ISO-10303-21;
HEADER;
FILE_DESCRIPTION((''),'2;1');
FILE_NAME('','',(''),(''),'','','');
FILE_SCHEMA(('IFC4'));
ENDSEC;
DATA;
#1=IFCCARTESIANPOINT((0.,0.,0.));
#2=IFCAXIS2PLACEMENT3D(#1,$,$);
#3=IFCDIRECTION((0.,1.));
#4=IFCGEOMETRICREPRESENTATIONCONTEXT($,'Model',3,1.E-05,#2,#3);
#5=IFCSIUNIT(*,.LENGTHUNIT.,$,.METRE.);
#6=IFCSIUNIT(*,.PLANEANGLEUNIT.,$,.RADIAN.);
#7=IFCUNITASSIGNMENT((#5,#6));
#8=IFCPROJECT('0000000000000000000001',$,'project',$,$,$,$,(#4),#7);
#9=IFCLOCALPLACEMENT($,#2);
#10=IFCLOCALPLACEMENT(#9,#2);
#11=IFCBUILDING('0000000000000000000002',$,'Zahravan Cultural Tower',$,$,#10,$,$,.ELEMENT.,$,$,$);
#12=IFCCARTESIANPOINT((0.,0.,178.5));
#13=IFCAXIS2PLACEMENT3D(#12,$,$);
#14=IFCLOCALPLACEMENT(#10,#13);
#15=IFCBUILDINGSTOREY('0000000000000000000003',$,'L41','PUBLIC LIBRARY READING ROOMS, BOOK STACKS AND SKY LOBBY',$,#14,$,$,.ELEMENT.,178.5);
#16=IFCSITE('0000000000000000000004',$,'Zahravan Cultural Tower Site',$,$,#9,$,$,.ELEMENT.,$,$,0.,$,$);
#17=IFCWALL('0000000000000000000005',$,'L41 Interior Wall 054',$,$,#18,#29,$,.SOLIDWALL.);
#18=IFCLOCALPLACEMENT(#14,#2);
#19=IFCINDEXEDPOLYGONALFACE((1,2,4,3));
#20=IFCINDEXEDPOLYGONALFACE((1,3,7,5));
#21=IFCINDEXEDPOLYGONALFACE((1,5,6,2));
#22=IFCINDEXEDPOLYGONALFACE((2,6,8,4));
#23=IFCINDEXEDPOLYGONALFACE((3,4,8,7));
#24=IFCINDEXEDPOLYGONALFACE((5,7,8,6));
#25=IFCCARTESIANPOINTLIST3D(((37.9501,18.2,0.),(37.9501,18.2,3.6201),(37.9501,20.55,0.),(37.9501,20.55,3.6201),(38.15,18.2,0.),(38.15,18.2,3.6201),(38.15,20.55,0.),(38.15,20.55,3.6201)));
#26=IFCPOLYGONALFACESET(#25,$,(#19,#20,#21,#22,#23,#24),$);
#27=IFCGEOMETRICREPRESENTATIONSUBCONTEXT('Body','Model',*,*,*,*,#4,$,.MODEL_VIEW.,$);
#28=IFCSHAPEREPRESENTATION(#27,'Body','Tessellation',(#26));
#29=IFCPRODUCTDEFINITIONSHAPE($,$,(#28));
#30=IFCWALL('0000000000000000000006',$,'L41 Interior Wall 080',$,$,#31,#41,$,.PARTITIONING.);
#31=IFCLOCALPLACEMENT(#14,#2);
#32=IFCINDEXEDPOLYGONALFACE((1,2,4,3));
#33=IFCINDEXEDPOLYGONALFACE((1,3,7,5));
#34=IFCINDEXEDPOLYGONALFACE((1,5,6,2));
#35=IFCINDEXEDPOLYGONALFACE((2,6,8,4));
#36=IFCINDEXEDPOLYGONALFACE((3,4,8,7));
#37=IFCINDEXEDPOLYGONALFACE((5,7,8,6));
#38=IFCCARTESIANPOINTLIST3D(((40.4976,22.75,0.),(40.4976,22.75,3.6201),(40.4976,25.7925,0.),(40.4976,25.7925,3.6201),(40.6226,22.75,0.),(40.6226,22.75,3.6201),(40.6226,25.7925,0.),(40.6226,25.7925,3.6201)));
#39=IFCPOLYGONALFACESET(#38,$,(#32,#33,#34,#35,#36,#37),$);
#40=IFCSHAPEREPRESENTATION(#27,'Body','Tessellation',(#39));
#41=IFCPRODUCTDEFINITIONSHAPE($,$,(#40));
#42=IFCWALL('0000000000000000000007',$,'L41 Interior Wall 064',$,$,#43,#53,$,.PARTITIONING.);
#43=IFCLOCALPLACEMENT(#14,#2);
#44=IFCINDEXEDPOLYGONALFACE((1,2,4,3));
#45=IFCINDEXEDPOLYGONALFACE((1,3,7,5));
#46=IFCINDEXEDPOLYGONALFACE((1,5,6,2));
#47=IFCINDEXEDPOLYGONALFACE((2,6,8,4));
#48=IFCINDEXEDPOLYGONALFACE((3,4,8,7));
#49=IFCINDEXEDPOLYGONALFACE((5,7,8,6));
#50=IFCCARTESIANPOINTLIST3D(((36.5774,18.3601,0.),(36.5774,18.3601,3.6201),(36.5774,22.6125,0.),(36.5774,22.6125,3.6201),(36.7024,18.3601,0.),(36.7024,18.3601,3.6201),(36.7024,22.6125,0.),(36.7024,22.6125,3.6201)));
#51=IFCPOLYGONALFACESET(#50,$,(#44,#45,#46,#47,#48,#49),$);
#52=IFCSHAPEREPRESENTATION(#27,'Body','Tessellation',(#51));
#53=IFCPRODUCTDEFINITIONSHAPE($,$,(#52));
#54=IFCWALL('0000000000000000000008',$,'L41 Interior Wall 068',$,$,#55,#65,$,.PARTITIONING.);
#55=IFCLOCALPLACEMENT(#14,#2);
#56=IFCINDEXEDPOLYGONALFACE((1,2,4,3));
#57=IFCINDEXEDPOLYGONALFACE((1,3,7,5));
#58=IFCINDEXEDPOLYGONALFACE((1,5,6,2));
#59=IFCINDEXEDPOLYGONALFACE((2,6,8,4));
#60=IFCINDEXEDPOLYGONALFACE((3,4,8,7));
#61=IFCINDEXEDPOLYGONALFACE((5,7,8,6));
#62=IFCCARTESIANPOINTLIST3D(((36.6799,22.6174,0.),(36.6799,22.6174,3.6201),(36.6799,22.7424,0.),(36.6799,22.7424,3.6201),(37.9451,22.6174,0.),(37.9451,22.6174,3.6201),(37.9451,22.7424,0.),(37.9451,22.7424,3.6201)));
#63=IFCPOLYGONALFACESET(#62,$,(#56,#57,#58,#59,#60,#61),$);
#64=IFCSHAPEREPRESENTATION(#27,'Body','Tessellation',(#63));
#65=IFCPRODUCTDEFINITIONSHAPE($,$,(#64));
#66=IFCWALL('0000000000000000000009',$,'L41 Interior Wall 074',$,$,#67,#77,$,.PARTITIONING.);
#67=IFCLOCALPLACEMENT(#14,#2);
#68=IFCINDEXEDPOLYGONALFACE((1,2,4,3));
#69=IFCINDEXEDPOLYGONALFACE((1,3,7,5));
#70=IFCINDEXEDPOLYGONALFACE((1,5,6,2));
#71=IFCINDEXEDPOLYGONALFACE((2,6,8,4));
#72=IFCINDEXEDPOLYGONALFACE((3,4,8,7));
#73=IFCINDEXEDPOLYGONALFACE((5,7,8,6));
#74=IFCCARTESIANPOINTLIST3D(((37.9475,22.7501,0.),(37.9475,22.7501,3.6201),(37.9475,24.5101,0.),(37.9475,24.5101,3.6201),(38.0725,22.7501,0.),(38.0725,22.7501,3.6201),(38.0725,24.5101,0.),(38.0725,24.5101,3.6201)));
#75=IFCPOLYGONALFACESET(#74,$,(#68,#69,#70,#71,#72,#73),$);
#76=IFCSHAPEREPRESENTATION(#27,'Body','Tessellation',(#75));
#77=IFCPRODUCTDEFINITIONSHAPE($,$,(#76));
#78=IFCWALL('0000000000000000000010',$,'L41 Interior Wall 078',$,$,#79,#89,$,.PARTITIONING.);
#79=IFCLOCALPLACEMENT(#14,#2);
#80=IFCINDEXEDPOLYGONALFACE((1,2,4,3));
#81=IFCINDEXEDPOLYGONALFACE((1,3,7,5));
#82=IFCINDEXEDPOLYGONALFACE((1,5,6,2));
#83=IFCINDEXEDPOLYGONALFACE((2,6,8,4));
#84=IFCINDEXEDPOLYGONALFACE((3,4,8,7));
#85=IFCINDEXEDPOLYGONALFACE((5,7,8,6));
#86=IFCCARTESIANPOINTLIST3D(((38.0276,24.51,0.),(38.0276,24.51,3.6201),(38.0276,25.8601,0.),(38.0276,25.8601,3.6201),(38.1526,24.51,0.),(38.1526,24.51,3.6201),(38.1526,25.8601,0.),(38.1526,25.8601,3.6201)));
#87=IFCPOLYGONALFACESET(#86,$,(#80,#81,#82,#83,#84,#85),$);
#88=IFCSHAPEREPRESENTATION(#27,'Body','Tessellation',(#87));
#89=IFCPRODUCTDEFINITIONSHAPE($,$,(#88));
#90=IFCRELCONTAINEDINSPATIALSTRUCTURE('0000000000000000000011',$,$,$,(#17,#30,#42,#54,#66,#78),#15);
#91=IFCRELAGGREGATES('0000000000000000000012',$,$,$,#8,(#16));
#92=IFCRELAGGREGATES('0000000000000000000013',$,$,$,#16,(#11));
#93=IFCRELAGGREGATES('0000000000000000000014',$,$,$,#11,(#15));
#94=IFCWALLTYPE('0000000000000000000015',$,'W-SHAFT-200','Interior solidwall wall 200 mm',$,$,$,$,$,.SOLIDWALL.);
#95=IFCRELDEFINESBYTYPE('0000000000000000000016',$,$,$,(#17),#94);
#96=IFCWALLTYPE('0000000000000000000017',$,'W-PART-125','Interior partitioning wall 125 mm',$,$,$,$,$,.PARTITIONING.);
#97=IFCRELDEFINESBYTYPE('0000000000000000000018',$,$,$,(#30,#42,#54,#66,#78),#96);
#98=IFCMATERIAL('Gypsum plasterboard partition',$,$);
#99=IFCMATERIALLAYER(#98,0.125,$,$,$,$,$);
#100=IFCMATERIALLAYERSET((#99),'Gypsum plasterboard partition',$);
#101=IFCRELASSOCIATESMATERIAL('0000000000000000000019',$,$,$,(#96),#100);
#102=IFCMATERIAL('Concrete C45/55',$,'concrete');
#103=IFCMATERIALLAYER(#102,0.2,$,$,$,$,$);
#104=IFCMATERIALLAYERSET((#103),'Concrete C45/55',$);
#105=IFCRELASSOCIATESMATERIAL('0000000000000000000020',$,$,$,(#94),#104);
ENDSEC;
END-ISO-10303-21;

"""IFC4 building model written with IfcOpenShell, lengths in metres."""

from ifc_helpers import new_model, si_unit, direction, frame, frame_2d, origin, place, context, subcontext, project, spatial, rectangle, extrude, source, transform, mapped, material, layer, layer_set, type_object, element, save


model = new_model("IFC4")

# Units and contexts
model_context = context("Model", 3, precision=1e-05, world=origin(), true_north=direction((0.0, 1.0)))
body_context = subcontext(model_context, "Body", "Model", "MODEL_VIEW")
ifc_project = project(units=[si_unit("LENGTHUNIT", "METRE"), si_unit("PLANEANGLEUNIT", "RADIAN")], contexts=[model_context])

# Site, building, storey
site_placement = place(None, origin())
site = spatial("IfcSite", under=ifc_project, at=site_placement, Name="Zahravan Cultural Tower Site", CompositionType="ELEMENT", RefElevation=0.0)
building_placement = place(site_placement, origin())
building = spatial("IfcBuilding", under=site, at=building_placement, Name="Zahravan Cultural Tower", CompositionType="ELEMENT")
storey_placement = place(building_placement, frame((0.0, 0.0, 178.5)))
storey = spatial("IfcBuildingStorey", under=building, at=storey_placement, Name="L41", Description="PUBLIC LIBRARY READING ROOMS, BOOK STACKS AND SKY LOBBY", CompositionType="ELEMENT", Elevation=178.5)

# Shared definitions
ifc_material_1 = material(Name="Gypsum plasterboard partition")
ifc_layer_1 = layer(ifc_material_1, 0.125)
ifc_layer_set_1 = layer_set([ifc_layer_1], Name="Gypsum plasterboard partition")
wall_type_1 = type_object("IfcWallType", Name="W-PART-125", Description="Interior partitioning wall 125 mm", PredefinedType="PARTITIONING", material=ifc_layer_set_1)
ifc_material_2 = material(Name="Concrete C45/55", Category="concrete")
ifc_layer_2 = layer(ifc_material_2, 0.2)
ifc_layer_set_2 = layer_set([ifc_layer_2], Name="Concrete C45/55")
wall_type_2 = type_object("IfcWallType", Name="W-SHAFT-200", Description="Interior solidwall wall 200 mm", PredefinedType="SOLIDWALL", material=ifc_layer_set_2)

# Walls
shared_shape_1 = source(origin(), body_context, "Body", "SweptSolid", [
    extrude(rectangle(XDim=2.3501, YDim=0.2, at=frame_2d((1.175, 0.0))), origin(), (0.0, 0.0, 1.0), 3.6201),
])
for number, where, z_axis, x_axis, name in (
    (1, (38.05, 18.2, 0.0), (0.0, 0.0, 1.0), (0.0, 1.0, 0.0), "L41 Interior Wall 054"),
):
    element("IfcWall", number, at=place(storey_placement, frame(where, z_axis=z_axis, x_axis=x_axis)), inside=storey, type_object=wall_type_2, Name=name, PredefinedType="SOLIDWALL", context=body_context, shape_type="MappedRepresentation", body=[
        mapped(shared_shape_1, transform((0.0, 0.0, 0.0), x_axis=(1.0, 0.0, 0.0), y_axis=(0.0, 1.0, 0.0), z_axis=(0.0, 0.0, 1.0), scale=1.0)),
    ])
shared_shape_2 = source(origin(), body_context, "Body", "SweptSolid", [
    extrude(rectangle(XDim=3.0425, YDim=0.125, at=frame_2d((1.5212, 0.0))), origin(), (0.0, 0.0, 1.0), 3.6201),
])
wall_1_placement = place(storey_placement, frame((40.5601, 25.7925, 0.0), z_axis=(0.0, 0.0, 1.0), x_axis=(0.0, -1.0, 0.0)))
element("IfcWall", 2, at=wall_1_placement, inside=storey, type_object=wall_type_1, Name="L41 Interior Wall 080", PredefinedType="PARTITIONING", context=body_context, shape_type="MappedRepresentation", body=[
    mapped(shared_shape_2, transform((0.0, 0.0, 0.0), x_axis=(1.0, 0.0, 0.0), y_axis=(0.0, 1.0, 0.0), z_axis=(0.0, 0.0, 1.0), scale=1.0)),
])
shared_shape_3 = source(origin(), body_context, "Body", "SweptSolid", [
    extrude(rectangle(XDim=4.2524, YDim=0.125, at=frame_2d((2.1262, 0.0))), origin(), (0.0, 0.0, 1.0), 3.6201),
])
wall_2_placement = place(storey_placement, frame((36.6399, 22.6125, 0.0), z_axis=(0.0, 0.0, 1.0), x_axis=(0.0, -1.0, 0.0)))
element("IfcWall", 3, at=wall_2_placement, inside=storey, type_object=wall_type_1, Name="L41 Interior Wall 064", PredefinedType="PARTITIONING", context=body_context, shape_type="MappedRepresentation", body=[
    mapped(shared_shape_3, transform((0.0, 0.0, 0.0), x_axis=(1.0, 0.0, 0.0), y_axis=(0.0, 1.0, 0.0), z_axis=(0.0, 0.0, 1.0), scale=1.0)),
])
shared_shape_4 = source(origin(), body_context, "Body", "SweptSolid", [
    extrude(rectangle(XDim=1.2651, YDim=0.125, at=frame_2d((0.6326, 0.0))), origin(), (0.0, 0.0, 1.0), 3.6201),
])
wall_3_placement = place(storey_placement, frame((36.6799, 22.6799, 0.0), z_axis=(0.0, 0.0, 1.0), x_axis=(1.0, 0.0, 0.0)))
element("IfcWall", 4, at=wall_3_placement, inside=storey, type_object=wall_type_1, Name="L41 Interior Wall 068", PredefinedType="PARTITIONING", context=body_context, shape_type="MappedRepresentation", body=[
    mapped(shared_shape_4, transform((0.0, 0.0, 0.0), x_axis=(1.0, 0.0, 0.0), y_axis=(0.0, 1.0, 0.0), z_axis=(0.0, 0.0, 1.0), scale=1.0)),
])
shared_shape_5 = source(origin(), body_context, "Body", "SweptSolid", [
    extrude(rectangle(XDim=1.76, YDim=0.125, at=frame_2d((0.8799, 0.0))), origin(), (0.0, 0.0, 1.0), 3.6201),
])
wall_4_placement = place(storey_placement, frame((38.01, 24.51, 0.0), z_axis=(0.0, 0.0, 1.0), x_axis=(0.0, -1.0, 0.0)))
element("IfcWall", 5, at=wall_4_placement, inside=storey, type_object=wall_type_1, Name="L41 Interior Wall 074", PredefinedType="PARTITIONING", context=body_context, shape_type="MappedRepresentation", body=[
    mapped(shared_shape_5, transform((0.0, 0.0, 0.0), x_axis=(1.0, 0.0, 0.0), y_axis=(0.0, 1.0, 0.0), z_axis=(0.0, 0.0, 1.0), scale=1.0)),
])
shared_shape_6 = source(origin(), body_context, "Body", "SweptSolid", [
    extrude(rectangle(XDim=1.3501, YDim=0.125, at=frame_2d((0.675, 0.0))), origin(), (0.0, 0.0, 1.0), 3.6201),
])
wall_5_placement = place(storey_placement, frame((38.0901, 24.51, 0.0), z_axis=(0.0, 0.0, 1.0), x_axis=(0.0, 1.0, 0.0)))
element("IfcWall", 6, at=wall_5_placement, inside=storey, type_object=wall_type_1, Name="L41 Interior Wall 078", PredefinedType="PARTITIONING", context=body_context, shape_type="MappedRepresentation", body=[
    mapped(shared_shape_6, transform((0.0, 0.0, 0.0), x_axis=(1.0, 0.0, 0.0), y_axis=(0.0, 1.0, 0.0), z_axis=(0.0, 0.0, 1.0), scale=1.0)),
])

save(model, "model.ifc")
